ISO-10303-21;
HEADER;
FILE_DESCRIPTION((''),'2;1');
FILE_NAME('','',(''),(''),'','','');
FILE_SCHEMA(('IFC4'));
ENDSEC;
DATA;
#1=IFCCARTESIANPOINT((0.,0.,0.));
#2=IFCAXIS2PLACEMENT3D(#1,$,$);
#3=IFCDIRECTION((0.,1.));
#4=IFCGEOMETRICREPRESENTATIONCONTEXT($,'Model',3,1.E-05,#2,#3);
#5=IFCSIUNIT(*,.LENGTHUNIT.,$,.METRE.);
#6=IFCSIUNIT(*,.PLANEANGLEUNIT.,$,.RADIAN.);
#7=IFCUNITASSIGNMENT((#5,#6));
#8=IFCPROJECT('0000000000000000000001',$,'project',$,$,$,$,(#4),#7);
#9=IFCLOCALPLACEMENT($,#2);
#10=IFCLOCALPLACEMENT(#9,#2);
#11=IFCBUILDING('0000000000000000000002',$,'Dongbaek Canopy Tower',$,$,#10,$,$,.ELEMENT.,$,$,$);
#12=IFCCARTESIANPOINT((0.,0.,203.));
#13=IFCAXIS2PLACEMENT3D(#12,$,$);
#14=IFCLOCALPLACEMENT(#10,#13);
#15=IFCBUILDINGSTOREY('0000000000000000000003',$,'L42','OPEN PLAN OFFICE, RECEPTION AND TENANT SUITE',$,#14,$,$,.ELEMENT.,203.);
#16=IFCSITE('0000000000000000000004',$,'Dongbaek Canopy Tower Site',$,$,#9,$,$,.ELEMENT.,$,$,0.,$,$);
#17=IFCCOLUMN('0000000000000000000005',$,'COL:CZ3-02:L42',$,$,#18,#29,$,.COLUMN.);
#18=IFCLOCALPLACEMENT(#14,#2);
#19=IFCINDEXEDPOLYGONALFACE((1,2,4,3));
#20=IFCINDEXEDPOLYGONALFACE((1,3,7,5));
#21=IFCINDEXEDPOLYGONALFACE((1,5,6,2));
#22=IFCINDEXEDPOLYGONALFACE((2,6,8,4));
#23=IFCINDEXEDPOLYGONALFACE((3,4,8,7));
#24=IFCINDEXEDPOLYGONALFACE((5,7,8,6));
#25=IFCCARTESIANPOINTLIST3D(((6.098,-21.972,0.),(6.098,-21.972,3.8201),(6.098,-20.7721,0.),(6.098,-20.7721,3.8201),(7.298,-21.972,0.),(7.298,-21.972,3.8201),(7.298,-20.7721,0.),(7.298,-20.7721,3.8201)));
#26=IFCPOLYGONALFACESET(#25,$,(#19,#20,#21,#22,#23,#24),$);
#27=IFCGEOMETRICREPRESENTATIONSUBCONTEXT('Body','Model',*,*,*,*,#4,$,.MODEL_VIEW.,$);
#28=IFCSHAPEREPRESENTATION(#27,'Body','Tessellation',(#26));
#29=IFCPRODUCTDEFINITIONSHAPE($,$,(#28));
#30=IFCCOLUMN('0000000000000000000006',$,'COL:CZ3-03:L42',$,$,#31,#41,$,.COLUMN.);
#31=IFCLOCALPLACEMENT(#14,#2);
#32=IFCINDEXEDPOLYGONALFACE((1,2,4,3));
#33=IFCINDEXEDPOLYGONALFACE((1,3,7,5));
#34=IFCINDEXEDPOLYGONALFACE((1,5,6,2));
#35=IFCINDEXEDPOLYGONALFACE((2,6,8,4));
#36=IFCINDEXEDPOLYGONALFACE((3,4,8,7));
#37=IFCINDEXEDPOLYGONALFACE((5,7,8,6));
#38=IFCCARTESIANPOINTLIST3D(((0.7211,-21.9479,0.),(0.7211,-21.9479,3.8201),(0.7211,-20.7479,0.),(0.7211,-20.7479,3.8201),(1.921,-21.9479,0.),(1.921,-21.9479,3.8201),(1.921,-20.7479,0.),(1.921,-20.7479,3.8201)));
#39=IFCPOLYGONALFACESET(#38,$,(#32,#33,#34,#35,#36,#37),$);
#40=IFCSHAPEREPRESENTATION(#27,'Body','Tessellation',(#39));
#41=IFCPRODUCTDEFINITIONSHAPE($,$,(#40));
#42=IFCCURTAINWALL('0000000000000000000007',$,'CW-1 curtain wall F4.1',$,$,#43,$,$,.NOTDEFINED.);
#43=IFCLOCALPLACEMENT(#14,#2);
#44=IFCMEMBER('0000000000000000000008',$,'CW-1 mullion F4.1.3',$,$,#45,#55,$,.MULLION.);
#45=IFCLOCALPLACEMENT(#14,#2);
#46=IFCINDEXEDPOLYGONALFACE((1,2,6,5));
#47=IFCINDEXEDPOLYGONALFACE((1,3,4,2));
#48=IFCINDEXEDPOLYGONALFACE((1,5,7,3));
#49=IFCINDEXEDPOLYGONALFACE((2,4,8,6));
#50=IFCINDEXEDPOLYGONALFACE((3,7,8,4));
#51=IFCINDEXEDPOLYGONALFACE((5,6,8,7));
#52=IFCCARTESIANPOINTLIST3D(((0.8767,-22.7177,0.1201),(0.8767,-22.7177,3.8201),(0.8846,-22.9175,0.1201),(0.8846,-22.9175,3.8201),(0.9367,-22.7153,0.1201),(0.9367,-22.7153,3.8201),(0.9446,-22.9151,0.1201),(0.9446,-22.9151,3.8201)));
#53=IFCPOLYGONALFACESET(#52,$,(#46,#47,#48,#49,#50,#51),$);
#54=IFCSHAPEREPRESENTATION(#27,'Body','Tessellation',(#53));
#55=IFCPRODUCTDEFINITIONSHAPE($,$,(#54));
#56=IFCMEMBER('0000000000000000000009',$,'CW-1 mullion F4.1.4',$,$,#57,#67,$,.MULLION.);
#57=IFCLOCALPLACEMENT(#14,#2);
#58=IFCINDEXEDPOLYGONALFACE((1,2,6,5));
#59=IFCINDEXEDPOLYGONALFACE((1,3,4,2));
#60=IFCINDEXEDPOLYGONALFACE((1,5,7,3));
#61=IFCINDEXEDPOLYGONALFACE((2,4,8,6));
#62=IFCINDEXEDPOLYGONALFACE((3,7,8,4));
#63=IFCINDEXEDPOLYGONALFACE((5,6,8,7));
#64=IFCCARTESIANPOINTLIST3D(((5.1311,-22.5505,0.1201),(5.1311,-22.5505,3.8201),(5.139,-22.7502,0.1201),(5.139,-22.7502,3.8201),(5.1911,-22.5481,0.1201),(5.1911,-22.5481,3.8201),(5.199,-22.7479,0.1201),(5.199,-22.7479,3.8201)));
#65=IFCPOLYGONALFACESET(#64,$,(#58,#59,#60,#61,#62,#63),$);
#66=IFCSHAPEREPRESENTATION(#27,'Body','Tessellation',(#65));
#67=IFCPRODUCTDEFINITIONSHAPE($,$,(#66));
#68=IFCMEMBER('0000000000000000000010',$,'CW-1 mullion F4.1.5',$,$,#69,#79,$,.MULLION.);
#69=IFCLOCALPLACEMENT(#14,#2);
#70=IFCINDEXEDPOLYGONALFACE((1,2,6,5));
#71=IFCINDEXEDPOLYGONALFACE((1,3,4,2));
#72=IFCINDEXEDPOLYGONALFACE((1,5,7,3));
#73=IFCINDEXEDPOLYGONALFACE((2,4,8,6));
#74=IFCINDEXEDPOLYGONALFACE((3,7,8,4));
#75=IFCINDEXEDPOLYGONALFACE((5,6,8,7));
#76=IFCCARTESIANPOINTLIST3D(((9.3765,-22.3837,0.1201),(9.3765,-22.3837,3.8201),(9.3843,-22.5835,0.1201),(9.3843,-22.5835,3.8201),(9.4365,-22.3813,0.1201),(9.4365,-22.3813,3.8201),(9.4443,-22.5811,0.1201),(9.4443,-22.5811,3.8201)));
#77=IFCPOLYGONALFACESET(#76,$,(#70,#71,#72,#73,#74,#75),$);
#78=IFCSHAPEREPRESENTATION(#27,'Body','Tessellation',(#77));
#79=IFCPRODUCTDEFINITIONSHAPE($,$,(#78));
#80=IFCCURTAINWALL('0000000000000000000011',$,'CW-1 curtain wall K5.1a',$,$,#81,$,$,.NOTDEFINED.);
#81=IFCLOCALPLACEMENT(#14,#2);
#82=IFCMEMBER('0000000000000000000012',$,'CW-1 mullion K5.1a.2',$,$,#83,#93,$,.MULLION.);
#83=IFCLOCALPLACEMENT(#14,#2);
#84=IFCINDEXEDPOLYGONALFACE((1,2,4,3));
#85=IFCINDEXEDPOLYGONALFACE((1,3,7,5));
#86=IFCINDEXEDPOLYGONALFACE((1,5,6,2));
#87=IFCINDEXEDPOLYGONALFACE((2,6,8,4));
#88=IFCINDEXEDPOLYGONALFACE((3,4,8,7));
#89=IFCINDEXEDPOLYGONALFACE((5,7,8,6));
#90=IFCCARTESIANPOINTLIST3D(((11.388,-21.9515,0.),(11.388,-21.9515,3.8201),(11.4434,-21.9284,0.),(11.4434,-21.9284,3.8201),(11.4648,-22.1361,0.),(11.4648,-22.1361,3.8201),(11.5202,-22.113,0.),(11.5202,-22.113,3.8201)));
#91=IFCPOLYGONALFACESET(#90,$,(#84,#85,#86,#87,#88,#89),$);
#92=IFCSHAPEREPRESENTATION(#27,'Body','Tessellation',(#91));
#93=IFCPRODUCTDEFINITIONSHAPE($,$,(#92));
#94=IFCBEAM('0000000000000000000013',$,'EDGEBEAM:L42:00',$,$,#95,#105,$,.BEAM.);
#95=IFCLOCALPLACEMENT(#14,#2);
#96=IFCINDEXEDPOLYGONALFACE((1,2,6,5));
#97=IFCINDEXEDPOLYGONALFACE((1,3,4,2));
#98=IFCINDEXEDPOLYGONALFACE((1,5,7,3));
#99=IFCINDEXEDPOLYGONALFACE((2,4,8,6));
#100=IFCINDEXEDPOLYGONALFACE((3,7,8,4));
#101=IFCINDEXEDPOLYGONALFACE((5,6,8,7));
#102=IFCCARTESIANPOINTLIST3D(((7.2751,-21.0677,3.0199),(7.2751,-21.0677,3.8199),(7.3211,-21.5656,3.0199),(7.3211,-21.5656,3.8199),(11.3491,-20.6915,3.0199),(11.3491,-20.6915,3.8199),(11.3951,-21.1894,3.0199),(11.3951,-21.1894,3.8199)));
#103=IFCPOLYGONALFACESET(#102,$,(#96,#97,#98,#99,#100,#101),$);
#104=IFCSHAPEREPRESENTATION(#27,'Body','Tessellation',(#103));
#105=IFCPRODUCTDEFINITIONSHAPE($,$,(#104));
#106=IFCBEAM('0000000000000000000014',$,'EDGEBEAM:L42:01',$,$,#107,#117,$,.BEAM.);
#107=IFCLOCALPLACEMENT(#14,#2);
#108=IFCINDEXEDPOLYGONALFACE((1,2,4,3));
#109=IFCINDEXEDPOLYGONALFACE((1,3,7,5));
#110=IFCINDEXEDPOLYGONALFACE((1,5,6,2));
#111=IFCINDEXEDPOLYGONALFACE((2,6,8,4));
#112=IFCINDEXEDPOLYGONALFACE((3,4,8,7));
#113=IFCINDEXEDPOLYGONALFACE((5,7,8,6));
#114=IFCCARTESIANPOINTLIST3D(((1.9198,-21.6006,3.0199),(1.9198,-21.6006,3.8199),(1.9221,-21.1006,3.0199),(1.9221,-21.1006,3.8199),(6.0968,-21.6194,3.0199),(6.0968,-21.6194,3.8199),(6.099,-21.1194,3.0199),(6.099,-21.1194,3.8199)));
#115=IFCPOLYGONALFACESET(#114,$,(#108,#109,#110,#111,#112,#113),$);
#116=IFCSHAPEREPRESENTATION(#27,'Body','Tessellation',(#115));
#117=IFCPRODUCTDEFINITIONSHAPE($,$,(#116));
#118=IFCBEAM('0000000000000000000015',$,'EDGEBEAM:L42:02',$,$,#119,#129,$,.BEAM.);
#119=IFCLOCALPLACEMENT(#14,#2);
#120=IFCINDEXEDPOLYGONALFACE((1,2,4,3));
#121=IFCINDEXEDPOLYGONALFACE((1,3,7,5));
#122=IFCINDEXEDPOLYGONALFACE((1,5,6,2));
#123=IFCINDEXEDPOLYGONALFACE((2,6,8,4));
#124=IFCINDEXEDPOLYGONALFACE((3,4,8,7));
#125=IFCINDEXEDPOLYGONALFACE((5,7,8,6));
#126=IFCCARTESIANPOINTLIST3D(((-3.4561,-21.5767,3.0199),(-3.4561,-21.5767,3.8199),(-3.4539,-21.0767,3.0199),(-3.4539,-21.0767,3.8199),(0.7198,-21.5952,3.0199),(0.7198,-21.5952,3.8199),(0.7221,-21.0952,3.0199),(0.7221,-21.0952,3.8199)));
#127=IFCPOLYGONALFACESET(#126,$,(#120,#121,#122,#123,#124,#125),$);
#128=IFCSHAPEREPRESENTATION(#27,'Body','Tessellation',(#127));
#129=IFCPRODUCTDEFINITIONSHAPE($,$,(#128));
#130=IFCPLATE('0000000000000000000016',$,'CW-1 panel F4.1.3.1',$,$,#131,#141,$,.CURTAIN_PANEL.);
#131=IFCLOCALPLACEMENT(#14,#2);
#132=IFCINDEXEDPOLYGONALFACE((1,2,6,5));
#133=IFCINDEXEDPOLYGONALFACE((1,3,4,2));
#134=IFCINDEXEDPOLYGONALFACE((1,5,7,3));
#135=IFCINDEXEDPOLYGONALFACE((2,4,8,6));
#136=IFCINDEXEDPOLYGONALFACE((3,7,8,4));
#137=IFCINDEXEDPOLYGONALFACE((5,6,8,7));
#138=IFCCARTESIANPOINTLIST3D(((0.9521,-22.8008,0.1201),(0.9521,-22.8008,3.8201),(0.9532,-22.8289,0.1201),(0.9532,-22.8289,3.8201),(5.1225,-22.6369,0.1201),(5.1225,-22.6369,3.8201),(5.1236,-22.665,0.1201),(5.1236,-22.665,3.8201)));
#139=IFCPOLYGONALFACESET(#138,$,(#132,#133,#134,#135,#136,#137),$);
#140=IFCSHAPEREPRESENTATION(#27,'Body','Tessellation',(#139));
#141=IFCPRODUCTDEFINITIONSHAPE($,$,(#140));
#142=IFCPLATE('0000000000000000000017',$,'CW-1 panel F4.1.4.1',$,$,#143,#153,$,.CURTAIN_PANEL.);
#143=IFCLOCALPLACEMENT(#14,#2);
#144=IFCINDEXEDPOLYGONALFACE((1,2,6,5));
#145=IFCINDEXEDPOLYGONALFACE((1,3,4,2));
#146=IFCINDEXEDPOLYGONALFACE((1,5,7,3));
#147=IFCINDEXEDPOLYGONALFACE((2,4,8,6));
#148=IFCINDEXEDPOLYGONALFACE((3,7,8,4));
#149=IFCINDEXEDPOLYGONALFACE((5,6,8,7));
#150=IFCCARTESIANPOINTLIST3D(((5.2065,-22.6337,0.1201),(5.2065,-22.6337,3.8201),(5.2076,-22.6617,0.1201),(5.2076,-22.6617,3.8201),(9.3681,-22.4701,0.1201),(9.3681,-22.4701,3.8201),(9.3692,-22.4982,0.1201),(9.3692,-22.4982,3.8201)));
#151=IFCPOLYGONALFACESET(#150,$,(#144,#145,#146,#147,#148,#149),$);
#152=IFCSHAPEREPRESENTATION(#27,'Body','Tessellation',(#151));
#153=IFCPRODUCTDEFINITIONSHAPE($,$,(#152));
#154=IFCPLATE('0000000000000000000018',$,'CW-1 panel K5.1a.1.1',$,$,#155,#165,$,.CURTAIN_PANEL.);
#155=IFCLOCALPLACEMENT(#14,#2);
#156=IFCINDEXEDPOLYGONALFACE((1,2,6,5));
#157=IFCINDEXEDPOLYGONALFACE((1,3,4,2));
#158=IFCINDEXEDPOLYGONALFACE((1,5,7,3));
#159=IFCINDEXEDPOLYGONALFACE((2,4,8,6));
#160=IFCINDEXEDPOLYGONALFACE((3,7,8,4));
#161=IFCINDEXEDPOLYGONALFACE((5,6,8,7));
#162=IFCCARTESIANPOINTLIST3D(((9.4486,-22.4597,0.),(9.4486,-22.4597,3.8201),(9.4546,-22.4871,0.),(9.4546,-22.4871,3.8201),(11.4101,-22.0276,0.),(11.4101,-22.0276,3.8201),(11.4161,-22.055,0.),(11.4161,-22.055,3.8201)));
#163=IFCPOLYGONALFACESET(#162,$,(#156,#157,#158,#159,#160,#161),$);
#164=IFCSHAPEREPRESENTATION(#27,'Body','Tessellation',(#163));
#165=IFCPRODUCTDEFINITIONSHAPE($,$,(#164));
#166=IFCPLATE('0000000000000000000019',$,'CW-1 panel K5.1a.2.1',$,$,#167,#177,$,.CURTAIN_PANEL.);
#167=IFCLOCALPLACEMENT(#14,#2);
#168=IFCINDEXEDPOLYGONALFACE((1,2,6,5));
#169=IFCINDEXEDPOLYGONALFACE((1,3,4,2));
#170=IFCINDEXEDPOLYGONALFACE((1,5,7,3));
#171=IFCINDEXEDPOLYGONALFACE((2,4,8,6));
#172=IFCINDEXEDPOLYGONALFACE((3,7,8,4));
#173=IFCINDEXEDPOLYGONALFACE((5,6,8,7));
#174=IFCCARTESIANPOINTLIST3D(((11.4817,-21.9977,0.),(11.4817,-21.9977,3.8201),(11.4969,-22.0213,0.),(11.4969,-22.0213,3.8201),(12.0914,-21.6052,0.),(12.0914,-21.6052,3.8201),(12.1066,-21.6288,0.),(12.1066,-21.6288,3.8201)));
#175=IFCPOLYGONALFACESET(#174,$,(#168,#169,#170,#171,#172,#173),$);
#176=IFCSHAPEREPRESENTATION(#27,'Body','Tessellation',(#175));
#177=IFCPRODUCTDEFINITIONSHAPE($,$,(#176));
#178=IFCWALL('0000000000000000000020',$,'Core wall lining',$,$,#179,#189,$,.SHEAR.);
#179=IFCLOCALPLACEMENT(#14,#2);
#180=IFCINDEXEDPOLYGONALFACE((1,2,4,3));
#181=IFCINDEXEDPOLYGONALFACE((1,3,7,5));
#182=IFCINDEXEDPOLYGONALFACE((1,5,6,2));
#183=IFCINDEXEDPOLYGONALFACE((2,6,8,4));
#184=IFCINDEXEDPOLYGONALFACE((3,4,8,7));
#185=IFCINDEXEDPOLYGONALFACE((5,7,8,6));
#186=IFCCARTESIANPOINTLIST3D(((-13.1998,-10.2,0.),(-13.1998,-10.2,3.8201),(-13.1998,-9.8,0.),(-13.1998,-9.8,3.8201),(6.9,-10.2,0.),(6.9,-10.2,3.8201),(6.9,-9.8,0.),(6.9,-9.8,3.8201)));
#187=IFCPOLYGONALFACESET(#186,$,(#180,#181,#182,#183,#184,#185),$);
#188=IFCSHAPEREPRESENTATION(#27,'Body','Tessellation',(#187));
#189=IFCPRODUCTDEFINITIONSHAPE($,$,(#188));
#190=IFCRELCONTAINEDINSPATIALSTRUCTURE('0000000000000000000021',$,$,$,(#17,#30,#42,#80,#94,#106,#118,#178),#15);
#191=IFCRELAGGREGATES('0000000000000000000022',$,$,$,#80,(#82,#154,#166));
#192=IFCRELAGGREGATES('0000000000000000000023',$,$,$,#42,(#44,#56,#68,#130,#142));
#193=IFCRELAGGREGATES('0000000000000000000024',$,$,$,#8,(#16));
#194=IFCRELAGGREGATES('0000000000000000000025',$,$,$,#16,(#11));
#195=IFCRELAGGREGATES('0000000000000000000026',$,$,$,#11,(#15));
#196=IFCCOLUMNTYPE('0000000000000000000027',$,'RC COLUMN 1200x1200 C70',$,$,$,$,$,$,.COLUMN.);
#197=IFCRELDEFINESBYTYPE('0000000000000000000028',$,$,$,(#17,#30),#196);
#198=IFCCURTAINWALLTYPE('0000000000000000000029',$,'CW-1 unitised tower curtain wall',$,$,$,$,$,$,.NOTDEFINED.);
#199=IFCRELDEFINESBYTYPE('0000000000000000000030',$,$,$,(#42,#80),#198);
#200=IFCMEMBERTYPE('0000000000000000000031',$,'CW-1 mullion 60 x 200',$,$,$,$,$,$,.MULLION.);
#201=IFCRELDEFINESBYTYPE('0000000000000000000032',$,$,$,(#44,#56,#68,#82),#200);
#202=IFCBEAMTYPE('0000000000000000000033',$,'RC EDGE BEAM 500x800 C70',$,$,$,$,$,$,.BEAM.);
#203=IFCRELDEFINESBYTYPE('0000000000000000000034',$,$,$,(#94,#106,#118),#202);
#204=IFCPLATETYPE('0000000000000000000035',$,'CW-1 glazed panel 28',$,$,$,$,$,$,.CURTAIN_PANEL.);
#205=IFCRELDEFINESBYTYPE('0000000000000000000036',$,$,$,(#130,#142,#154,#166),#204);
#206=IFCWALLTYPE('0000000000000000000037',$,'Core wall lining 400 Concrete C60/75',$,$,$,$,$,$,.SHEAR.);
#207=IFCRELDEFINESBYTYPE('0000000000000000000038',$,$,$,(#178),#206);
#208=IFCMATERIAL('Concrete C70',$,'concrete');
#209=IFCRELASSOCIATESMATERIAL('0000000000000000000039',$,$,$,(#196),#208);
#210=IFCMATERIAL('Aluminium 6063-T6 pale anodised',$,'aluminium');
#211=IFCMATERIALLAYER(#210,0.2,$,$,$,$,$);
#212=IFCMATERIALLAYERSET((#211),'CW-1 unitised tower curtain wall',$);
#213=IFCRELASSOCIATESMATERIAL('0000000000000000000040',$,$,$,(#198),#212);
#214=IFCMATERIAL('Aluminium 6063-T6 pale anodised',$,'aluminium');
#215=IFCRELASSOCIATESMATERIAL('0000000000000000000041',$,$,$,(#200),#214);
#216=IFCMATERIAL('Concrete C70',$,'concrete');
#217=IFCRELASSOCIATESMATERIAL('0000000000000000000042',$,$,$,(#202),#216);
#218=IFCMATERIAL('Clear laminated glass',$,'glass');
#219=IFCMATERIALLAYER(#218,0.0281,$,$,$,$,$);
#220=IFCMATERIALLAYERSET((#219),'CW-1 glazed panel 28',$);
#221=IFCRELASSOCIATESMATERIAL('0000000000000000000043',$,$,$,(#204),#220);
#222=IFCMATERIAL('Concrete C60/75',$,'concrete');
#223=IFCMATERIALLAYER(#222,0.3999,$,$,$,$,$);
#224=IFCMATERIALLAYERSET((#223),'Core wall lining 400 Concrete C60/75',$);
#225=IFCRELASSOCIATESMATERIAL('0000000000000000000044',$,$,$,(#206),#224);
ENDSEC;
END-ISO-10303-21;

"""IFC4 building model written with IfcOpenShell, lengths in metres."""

from ifc_helpers import new_model, si_unit, direction, frame, frame_2d, origin, origin_2d, place, context, subcontext, project, spatial, rectangle, extrude, material, layer, layer_set, material_profile, profile_set, type_object, element, aggregate, save


model = new_model("IFC4")

# Units and contexts
model_context = context("Model", 3, precision=1e-05, world=origin(), true_north=direction((0.0, 1.0)))
body_context = subcontext(model_context, "Body", "Model", "MODEL_VIEW")
ifc_project = project(units=[si_unit("LENGTHUNIT", "METRE"), si_unit("PLANEANGLEUNIT", "RADIAN")], contexts=[model_context])

# Site, building, storey
site_placement = place(None, origin())
site = spatial("IfcSite", under=ifc_project, at=site_placement, Name="Dongbaek Canopy Tower Site", CompositionType="ELEMENT", RefElevation=0.0)
building_placement = place(site_placement, origin())
building = spatial("IfcBuilding", under=site, at=building_placement, Name="Dongbaek Canopy Tower", CompositionType="ELEMENT")
storey_placement = place(building_placement, frame((0.0, 0.0, 203.0)))
storey = spatial("IfcBuildingStorey", under=building, at=storey_placement, Name="L42", Description="OPEN PLAN OFFICE, RECEPTION AND TENANT SUITE", CompositionType="ELEMENT", Elevation=203.0)

# Columns
ifc_material_1 = material(Name="Concrete C70", Category="concrete")
ifc_material_profile_1 = material_profile(ifc_material_1, rectangle(XDim=1.2, YDim=1.2, at=origin_2d()), Name="RC COLUMN 1200x1200 C70")
ifc_profile_set_1 = profile_set([ifc_material_profile_1], Name="Concrete C70")
column_type = type_object("IfcColumnType", Name="RC COLUMN 1200x1200 C70", PredefinedType="COLUMN", material=ifc_profile_set_1)
for number, where, z_axis, x_axis, name in (
    (1, (6.698, -21.3721, 0.0), (0.0, 0.0, 1.0), (1.0, 0.0, 0.0), "COL:CZ3-02:L42"),
    (2, (1.321, -21.3479, 0.0), (0.0, 0.0, 1.0), (1.0, 0.0, 0.0), "COL:CZ3-03:L42"),
):
    element("IfcColumn", number, at=place(storey_placement, frame(where, z_axis=z_axis, x_axis=x_axis)), inside=storey, type_object=column_type, Name=name, PredefinedType="COLUMN", context=body_context, shape_type="SweptSolid", body=[
        extrude(rectangle(XDim=1.2, YDim=1.2, at=origin_2d()), origin(), (0.0, 0.0, 1.0), 3.8201),
    ])

# Curtain wall, members
ifc_material_2 = material(Name="Aluminium 6063-T6 pale anodised", Category="aluminium")
ifc_layer_1 = layer(ifc_material_2, 0.2)
ifc_layer_set_1 = layer_set([ifc_layer_1], Name="CW-1 unitised tower curtain wall")
curtain_wall_type = type_object("IfcCurtainWallType", Name="CW-1 unitised tower curtain wall", PredefinedType="NOTDEFINED", material=ifc_layer_set_1)
curtain_wall_1_placement = place(storey_placement, origin())
curtain_wall_1 = element("IfcCurtainWall", 3, at=curtain_wall_1_placement, inside=storey, type_object=curtain_wall_type, Name="CW-1 curtain wall F4.1", PredefinedType="NOTDEFINED")
ifc_material_3 = material(Name="Aluminium 6063-T6 pale anodised", Category="aluminium")
ifc_material_profile_2 = material_profile(ifc_material_3, rectangle(XDim=0.2, YDim=0.0601, at=origin_2d()), Name="CW-1 mullion 60 x 200")
ifc_profile_set_2 = profile_set([ifc_material_profile_2], Name="Aluminium 6063-T6 pale anodised")
member_type = type_object("IfcMemberType", Name="CW-1 mullion 60 x 200", PredefinedType="MULLION", material=ifc_profile_set_2)
member_1_placement = place(storey_placement, frame((0.9106, -22.8164, 0.1201), z_axis=(0.0, 0.0, 1.0), x_axis=(0.039276, -0.999228, 0.0)))
member_1 = element("IfcMember", 4, at=member_1_placement, type_object=member_type, Name="CW-1 mullion F4.1.3", PredefinedType="MULLION", context=body_context, shape_type="SweptSolid", body=[
    extrude(rectangle(XDim=0.2, YDim=0.0601, at=origin_2d()), origin(), (0.0, 0.0, 1.0), 3.7),
])
member_2_placement = place(storey_placement, frame((5.165, -22.6492, 0.1201), z_axis=(0.0, 0.0, 1.0), x_axis=(0.039276, -0.999228, 0.0)))
member_2 = element("IfcMember", 5, at=member_2_placement, type_object=member_type, Name="CW-1 mullion F4.1.4", PredefinedType="MULLION", context=body_context, shape_type="SweptSolid", body=[
    extrude(rectangle(XDim=0.2, YDim=0.0601, at=origin_2d()), origin(), (0.0, 0.0, 1.0), 3.7),
])
member_3_placement = place(storey_placement, frame((9.4104, -22.4824, 0.1201), z_axis=(0.0, 0.0, 1.0), x_axis=(0.039276, -0.999228, 0.0)))
member_3 = element("IfcMember", 6, at=member_3_placement, type_object=member_type, Name="CW-1 mullion F4.1.5", PredefinedType="MULLION", context=body_context, shape_type="SweptSolid", body=[
    extrude(rectangle(XDim=0.2, YDim=0.0601, at=origin_2d()), origin(), (0.0, 0.0, 1.0), 3.7),
])

# Curtain wall, member
curtain_wall_2_placement = place(storey_placement, origin())
curtain_wall_2 = element("IfcCurtainWall", 7, at=curtain_wall_2_placement, inside=storey, type_object=curtain_wall_type, Name="CW-1 curtain wall K5.1a", PredefinedType="NOTDEFINED")
member_4_placement = place(storey_placement, frame((11.4541, -22.0322, 0.0), z_axis=(0.0, 0.0, 1.0), x_axis=(0.384243, -0.923232, 0.0)))
member_4 = element("IfcMember", 8, at=member_4_placement, type_object=member_type, Name="CW-1 mullion K5.1a.2", PredefinedType="MULLION", context=body_context, shape_type="SweptSolid", body=[
    extrude(rectangle(XDim=0.2, YDim=0.0601, at=origin_2d()), origin(), (0.0, 0.0, 1.0), 3.8201),
])

# Beams
ifc_material_4 = material(Name="Concrete C70", Category="concrete")
ifc_material_profile_3 = material_profile(ifc_material_4, rectangle(XDim=0.5, YDim=0.8, at=origin_2d()), Name="RC EDGE BEAM 500x800 C70")
ifc_profile_set_3 = profile_set([ifc_material_profile_3], Name="Concrete C70")
beam_type = type_object("IfcBeamType", Name="RC EDGE BEAM 500x800 C70", PredefinedType="BEAM", material=ifc_profile_set_3)
beam_1_placement = place(storey_placement, frame((11.3721, -20.9404, 3.4199), z_axis=(-0.995763, -0.091956, 0.0), x_axis=(0.091956, -0.995763, 0.0)))
element("IfcBeam", 9, at=beam_1_placement, inside=storey, type_object=beam_type, Name="EDGEBEAM:L42:00", PredefinedType="BEAM", context=body_context, shape_type="SweptSolid", body=[
    extrude(rectangle(XDim=0.5, YDim=0.8, at=origin_2d()), origin(), (0.0, 0.0, 1.0), 4.0913),
])
beam_2_placement = place(storey_placement, frame((6.0979, -21.3694, 3.4199), z_axis=(-0.99999, 0.004501, 0.0), x_axis=(-0.004501, -0.99999, 0.0)))
element("IfcBeam", 10, at=beam_2_placement, inside=storey, type_object=beam_type, Name="EDGEBEAM:L42:01", PredefinedType="BEAM", context=body_context, shape_type="SweptSolid", body=[
    extrude(rectangle(XDim=0.5, YDim=0.8, at=origin_2d()), origin(), (0.0, 0.0, 1.0), 4.177),
])
beam_3_placement = place(storey_placement, frame((0.7209, -21.3452, 3.4199), z_axis=(-0.99999, 0.004443, 0.0), x_axis=(-0.004443, -0.99999, 0.0)))
element("IfcBeam", 11, at=beam_3_placement, inside=storey, type_object=beam_type, Name="EDGEBEAM:L42:02", PredefinedType="BEAM", context=body_context, shape_type="SweptSolid", body=[
    extrude(rectangle(XDim=0.5, YDim=0.8, at=origin_2d()), origin(), (0.0, 0.0, 1.0), 4.176),
])

# Plates
ifc_material_5 = material(Name="Clear laminated glass", Category="glass")
ifc_layer_2 = layer(ifc_material_5, 0.0281)
ifc_layer_set_2 = layer_set([ifc_layer_2], Name="CW-1 glazed panel 28")
plate_type = type_object("IfcPlateType", Name="CW-1 glazed panel 28", PredefinedType="CURTAIN_PANEL", material=ifc_layer_set_2)
plate_1_placement = place(storey_placement, frame((3.0378, -22.7329, 0.1201), z_axis=(0.0, 0.0, 1.0), x_axis=(0.999228, 0.039276, 0.0)))
plate_1 = element("IfcPlate", 12, at=plate_1_placement, type_object=plate_type, Name="CW-1 panel F4.1.3.1", PredefinedType="CURTAIN_PANEL", context=body_context, shape_type="SweptSolid", body=[
    extrude(rectangle(XDim=4.1736, YDim=0.0281, at=origin_2d()), origin(), (0.0, 0.0, 1.0), 3.7),
])
plate_2_placement = place(storey_placement, frame((7.2878, -22.5659, 0.1201), z_axis=(0.0, 0.0, 1.0), x_axis=(0.999228, 0.039276, 0.0)))
plate_2 = element("IfcPlate", 13, at=plate_2_placement, type_object=plate_type, Name="CW-1 panel F4.1.4.1", PredefinedType="CURTAIN_PANEL", context=body_context, shape_type="SweptSolid", body=[
    extrude(rectangle(XDim=4.1648, YDim=0.0281, at=origin_2d()), origin(), (0.0, 0.0, 1.0), 3.7),
])
plate_3_placement = place(storey_placement, frame((10.4324, -22.2573, 0.0), z_axis=(0.0, 0.0, 1.0), x_axis=(0.976583, 0.215142, 0.0)))
plate_3 = element("IfcPlate", 14, at=plate_3_placement, type_object=plate_type, Name="CW-1 panel K5.1a.1.1", PredefinedType="CURTAIN_PANEL", context=body_context, shape_type="SweptSolid", body=[
    extrude(rectangle(XDim=2.0085, YDim=0.0281, at=origin_2d()), origin(), (0.0, 0.0, 1.0), 3.8201),
])
plate_4_placement = place(storey_placement, frame((11.7942, -21.8132, 0.0), z_axis=(0.0, 0.0, 1.0), x_axis=(0.840853, 0.541263, 0.0)))
plate_4 = element("IfcPlate", 15, at=plate_4_placement, type_object=plate_type, Name="CW-1 panel K5.1a.2.1", PredefinedType="CURTAIN_PANEL", context=body_context, shape_type="SweptSolid", body=[
    extrude(rectangle(XDim=0.7251, YDim=0.0281, at=origin_2d()), origin(), (0.0, 0.0, 1.0), 3.8201),
])
aggregate(curtain_wall_2, [member_4, plate_3, plate_4])

# Wall
ifc_material_6 = material(Name="Concrete C60/75", Category="concrete")
ifc_layer_3 = layer(ifc_material_6, 0.3999)
ifc_layer_set_3 = layer_set([ifc_layer_3], Name="Core wall lining 400 Concrete C60/75")
wall_type_1 = type_object("IfcWallType", Name="Core wall lining 400 Concrete C60/75", PredefinedType="SHEAR", material=ifc_layer_set_3)
wall_placement = place(storey_placement, frame((6.8999, -10.0, 0.0), z_axis=(0.0, 0.0, 1.0), x_axis=(-1.0, 0.0, 0.0)))
element("IfcWall", 16, at=wall_placement, inside=storey, type_object=wall_type_1, Name="Core wall lining", PredefinedType="SHEAR", context=body_context, shape_type="SweptSolid", body=[
    extrude(rectangle(XDim=20.0999, YDim=0.3999, at=frame_2d((10.0498, 0.0))), origin(), (0.0, 0.0, 1.0), 3.8201),
])

aggregate(curtain_wall_1, [member_1, member_2, member_3, plate_1, plate_2])

save(model, "model.ifc")
